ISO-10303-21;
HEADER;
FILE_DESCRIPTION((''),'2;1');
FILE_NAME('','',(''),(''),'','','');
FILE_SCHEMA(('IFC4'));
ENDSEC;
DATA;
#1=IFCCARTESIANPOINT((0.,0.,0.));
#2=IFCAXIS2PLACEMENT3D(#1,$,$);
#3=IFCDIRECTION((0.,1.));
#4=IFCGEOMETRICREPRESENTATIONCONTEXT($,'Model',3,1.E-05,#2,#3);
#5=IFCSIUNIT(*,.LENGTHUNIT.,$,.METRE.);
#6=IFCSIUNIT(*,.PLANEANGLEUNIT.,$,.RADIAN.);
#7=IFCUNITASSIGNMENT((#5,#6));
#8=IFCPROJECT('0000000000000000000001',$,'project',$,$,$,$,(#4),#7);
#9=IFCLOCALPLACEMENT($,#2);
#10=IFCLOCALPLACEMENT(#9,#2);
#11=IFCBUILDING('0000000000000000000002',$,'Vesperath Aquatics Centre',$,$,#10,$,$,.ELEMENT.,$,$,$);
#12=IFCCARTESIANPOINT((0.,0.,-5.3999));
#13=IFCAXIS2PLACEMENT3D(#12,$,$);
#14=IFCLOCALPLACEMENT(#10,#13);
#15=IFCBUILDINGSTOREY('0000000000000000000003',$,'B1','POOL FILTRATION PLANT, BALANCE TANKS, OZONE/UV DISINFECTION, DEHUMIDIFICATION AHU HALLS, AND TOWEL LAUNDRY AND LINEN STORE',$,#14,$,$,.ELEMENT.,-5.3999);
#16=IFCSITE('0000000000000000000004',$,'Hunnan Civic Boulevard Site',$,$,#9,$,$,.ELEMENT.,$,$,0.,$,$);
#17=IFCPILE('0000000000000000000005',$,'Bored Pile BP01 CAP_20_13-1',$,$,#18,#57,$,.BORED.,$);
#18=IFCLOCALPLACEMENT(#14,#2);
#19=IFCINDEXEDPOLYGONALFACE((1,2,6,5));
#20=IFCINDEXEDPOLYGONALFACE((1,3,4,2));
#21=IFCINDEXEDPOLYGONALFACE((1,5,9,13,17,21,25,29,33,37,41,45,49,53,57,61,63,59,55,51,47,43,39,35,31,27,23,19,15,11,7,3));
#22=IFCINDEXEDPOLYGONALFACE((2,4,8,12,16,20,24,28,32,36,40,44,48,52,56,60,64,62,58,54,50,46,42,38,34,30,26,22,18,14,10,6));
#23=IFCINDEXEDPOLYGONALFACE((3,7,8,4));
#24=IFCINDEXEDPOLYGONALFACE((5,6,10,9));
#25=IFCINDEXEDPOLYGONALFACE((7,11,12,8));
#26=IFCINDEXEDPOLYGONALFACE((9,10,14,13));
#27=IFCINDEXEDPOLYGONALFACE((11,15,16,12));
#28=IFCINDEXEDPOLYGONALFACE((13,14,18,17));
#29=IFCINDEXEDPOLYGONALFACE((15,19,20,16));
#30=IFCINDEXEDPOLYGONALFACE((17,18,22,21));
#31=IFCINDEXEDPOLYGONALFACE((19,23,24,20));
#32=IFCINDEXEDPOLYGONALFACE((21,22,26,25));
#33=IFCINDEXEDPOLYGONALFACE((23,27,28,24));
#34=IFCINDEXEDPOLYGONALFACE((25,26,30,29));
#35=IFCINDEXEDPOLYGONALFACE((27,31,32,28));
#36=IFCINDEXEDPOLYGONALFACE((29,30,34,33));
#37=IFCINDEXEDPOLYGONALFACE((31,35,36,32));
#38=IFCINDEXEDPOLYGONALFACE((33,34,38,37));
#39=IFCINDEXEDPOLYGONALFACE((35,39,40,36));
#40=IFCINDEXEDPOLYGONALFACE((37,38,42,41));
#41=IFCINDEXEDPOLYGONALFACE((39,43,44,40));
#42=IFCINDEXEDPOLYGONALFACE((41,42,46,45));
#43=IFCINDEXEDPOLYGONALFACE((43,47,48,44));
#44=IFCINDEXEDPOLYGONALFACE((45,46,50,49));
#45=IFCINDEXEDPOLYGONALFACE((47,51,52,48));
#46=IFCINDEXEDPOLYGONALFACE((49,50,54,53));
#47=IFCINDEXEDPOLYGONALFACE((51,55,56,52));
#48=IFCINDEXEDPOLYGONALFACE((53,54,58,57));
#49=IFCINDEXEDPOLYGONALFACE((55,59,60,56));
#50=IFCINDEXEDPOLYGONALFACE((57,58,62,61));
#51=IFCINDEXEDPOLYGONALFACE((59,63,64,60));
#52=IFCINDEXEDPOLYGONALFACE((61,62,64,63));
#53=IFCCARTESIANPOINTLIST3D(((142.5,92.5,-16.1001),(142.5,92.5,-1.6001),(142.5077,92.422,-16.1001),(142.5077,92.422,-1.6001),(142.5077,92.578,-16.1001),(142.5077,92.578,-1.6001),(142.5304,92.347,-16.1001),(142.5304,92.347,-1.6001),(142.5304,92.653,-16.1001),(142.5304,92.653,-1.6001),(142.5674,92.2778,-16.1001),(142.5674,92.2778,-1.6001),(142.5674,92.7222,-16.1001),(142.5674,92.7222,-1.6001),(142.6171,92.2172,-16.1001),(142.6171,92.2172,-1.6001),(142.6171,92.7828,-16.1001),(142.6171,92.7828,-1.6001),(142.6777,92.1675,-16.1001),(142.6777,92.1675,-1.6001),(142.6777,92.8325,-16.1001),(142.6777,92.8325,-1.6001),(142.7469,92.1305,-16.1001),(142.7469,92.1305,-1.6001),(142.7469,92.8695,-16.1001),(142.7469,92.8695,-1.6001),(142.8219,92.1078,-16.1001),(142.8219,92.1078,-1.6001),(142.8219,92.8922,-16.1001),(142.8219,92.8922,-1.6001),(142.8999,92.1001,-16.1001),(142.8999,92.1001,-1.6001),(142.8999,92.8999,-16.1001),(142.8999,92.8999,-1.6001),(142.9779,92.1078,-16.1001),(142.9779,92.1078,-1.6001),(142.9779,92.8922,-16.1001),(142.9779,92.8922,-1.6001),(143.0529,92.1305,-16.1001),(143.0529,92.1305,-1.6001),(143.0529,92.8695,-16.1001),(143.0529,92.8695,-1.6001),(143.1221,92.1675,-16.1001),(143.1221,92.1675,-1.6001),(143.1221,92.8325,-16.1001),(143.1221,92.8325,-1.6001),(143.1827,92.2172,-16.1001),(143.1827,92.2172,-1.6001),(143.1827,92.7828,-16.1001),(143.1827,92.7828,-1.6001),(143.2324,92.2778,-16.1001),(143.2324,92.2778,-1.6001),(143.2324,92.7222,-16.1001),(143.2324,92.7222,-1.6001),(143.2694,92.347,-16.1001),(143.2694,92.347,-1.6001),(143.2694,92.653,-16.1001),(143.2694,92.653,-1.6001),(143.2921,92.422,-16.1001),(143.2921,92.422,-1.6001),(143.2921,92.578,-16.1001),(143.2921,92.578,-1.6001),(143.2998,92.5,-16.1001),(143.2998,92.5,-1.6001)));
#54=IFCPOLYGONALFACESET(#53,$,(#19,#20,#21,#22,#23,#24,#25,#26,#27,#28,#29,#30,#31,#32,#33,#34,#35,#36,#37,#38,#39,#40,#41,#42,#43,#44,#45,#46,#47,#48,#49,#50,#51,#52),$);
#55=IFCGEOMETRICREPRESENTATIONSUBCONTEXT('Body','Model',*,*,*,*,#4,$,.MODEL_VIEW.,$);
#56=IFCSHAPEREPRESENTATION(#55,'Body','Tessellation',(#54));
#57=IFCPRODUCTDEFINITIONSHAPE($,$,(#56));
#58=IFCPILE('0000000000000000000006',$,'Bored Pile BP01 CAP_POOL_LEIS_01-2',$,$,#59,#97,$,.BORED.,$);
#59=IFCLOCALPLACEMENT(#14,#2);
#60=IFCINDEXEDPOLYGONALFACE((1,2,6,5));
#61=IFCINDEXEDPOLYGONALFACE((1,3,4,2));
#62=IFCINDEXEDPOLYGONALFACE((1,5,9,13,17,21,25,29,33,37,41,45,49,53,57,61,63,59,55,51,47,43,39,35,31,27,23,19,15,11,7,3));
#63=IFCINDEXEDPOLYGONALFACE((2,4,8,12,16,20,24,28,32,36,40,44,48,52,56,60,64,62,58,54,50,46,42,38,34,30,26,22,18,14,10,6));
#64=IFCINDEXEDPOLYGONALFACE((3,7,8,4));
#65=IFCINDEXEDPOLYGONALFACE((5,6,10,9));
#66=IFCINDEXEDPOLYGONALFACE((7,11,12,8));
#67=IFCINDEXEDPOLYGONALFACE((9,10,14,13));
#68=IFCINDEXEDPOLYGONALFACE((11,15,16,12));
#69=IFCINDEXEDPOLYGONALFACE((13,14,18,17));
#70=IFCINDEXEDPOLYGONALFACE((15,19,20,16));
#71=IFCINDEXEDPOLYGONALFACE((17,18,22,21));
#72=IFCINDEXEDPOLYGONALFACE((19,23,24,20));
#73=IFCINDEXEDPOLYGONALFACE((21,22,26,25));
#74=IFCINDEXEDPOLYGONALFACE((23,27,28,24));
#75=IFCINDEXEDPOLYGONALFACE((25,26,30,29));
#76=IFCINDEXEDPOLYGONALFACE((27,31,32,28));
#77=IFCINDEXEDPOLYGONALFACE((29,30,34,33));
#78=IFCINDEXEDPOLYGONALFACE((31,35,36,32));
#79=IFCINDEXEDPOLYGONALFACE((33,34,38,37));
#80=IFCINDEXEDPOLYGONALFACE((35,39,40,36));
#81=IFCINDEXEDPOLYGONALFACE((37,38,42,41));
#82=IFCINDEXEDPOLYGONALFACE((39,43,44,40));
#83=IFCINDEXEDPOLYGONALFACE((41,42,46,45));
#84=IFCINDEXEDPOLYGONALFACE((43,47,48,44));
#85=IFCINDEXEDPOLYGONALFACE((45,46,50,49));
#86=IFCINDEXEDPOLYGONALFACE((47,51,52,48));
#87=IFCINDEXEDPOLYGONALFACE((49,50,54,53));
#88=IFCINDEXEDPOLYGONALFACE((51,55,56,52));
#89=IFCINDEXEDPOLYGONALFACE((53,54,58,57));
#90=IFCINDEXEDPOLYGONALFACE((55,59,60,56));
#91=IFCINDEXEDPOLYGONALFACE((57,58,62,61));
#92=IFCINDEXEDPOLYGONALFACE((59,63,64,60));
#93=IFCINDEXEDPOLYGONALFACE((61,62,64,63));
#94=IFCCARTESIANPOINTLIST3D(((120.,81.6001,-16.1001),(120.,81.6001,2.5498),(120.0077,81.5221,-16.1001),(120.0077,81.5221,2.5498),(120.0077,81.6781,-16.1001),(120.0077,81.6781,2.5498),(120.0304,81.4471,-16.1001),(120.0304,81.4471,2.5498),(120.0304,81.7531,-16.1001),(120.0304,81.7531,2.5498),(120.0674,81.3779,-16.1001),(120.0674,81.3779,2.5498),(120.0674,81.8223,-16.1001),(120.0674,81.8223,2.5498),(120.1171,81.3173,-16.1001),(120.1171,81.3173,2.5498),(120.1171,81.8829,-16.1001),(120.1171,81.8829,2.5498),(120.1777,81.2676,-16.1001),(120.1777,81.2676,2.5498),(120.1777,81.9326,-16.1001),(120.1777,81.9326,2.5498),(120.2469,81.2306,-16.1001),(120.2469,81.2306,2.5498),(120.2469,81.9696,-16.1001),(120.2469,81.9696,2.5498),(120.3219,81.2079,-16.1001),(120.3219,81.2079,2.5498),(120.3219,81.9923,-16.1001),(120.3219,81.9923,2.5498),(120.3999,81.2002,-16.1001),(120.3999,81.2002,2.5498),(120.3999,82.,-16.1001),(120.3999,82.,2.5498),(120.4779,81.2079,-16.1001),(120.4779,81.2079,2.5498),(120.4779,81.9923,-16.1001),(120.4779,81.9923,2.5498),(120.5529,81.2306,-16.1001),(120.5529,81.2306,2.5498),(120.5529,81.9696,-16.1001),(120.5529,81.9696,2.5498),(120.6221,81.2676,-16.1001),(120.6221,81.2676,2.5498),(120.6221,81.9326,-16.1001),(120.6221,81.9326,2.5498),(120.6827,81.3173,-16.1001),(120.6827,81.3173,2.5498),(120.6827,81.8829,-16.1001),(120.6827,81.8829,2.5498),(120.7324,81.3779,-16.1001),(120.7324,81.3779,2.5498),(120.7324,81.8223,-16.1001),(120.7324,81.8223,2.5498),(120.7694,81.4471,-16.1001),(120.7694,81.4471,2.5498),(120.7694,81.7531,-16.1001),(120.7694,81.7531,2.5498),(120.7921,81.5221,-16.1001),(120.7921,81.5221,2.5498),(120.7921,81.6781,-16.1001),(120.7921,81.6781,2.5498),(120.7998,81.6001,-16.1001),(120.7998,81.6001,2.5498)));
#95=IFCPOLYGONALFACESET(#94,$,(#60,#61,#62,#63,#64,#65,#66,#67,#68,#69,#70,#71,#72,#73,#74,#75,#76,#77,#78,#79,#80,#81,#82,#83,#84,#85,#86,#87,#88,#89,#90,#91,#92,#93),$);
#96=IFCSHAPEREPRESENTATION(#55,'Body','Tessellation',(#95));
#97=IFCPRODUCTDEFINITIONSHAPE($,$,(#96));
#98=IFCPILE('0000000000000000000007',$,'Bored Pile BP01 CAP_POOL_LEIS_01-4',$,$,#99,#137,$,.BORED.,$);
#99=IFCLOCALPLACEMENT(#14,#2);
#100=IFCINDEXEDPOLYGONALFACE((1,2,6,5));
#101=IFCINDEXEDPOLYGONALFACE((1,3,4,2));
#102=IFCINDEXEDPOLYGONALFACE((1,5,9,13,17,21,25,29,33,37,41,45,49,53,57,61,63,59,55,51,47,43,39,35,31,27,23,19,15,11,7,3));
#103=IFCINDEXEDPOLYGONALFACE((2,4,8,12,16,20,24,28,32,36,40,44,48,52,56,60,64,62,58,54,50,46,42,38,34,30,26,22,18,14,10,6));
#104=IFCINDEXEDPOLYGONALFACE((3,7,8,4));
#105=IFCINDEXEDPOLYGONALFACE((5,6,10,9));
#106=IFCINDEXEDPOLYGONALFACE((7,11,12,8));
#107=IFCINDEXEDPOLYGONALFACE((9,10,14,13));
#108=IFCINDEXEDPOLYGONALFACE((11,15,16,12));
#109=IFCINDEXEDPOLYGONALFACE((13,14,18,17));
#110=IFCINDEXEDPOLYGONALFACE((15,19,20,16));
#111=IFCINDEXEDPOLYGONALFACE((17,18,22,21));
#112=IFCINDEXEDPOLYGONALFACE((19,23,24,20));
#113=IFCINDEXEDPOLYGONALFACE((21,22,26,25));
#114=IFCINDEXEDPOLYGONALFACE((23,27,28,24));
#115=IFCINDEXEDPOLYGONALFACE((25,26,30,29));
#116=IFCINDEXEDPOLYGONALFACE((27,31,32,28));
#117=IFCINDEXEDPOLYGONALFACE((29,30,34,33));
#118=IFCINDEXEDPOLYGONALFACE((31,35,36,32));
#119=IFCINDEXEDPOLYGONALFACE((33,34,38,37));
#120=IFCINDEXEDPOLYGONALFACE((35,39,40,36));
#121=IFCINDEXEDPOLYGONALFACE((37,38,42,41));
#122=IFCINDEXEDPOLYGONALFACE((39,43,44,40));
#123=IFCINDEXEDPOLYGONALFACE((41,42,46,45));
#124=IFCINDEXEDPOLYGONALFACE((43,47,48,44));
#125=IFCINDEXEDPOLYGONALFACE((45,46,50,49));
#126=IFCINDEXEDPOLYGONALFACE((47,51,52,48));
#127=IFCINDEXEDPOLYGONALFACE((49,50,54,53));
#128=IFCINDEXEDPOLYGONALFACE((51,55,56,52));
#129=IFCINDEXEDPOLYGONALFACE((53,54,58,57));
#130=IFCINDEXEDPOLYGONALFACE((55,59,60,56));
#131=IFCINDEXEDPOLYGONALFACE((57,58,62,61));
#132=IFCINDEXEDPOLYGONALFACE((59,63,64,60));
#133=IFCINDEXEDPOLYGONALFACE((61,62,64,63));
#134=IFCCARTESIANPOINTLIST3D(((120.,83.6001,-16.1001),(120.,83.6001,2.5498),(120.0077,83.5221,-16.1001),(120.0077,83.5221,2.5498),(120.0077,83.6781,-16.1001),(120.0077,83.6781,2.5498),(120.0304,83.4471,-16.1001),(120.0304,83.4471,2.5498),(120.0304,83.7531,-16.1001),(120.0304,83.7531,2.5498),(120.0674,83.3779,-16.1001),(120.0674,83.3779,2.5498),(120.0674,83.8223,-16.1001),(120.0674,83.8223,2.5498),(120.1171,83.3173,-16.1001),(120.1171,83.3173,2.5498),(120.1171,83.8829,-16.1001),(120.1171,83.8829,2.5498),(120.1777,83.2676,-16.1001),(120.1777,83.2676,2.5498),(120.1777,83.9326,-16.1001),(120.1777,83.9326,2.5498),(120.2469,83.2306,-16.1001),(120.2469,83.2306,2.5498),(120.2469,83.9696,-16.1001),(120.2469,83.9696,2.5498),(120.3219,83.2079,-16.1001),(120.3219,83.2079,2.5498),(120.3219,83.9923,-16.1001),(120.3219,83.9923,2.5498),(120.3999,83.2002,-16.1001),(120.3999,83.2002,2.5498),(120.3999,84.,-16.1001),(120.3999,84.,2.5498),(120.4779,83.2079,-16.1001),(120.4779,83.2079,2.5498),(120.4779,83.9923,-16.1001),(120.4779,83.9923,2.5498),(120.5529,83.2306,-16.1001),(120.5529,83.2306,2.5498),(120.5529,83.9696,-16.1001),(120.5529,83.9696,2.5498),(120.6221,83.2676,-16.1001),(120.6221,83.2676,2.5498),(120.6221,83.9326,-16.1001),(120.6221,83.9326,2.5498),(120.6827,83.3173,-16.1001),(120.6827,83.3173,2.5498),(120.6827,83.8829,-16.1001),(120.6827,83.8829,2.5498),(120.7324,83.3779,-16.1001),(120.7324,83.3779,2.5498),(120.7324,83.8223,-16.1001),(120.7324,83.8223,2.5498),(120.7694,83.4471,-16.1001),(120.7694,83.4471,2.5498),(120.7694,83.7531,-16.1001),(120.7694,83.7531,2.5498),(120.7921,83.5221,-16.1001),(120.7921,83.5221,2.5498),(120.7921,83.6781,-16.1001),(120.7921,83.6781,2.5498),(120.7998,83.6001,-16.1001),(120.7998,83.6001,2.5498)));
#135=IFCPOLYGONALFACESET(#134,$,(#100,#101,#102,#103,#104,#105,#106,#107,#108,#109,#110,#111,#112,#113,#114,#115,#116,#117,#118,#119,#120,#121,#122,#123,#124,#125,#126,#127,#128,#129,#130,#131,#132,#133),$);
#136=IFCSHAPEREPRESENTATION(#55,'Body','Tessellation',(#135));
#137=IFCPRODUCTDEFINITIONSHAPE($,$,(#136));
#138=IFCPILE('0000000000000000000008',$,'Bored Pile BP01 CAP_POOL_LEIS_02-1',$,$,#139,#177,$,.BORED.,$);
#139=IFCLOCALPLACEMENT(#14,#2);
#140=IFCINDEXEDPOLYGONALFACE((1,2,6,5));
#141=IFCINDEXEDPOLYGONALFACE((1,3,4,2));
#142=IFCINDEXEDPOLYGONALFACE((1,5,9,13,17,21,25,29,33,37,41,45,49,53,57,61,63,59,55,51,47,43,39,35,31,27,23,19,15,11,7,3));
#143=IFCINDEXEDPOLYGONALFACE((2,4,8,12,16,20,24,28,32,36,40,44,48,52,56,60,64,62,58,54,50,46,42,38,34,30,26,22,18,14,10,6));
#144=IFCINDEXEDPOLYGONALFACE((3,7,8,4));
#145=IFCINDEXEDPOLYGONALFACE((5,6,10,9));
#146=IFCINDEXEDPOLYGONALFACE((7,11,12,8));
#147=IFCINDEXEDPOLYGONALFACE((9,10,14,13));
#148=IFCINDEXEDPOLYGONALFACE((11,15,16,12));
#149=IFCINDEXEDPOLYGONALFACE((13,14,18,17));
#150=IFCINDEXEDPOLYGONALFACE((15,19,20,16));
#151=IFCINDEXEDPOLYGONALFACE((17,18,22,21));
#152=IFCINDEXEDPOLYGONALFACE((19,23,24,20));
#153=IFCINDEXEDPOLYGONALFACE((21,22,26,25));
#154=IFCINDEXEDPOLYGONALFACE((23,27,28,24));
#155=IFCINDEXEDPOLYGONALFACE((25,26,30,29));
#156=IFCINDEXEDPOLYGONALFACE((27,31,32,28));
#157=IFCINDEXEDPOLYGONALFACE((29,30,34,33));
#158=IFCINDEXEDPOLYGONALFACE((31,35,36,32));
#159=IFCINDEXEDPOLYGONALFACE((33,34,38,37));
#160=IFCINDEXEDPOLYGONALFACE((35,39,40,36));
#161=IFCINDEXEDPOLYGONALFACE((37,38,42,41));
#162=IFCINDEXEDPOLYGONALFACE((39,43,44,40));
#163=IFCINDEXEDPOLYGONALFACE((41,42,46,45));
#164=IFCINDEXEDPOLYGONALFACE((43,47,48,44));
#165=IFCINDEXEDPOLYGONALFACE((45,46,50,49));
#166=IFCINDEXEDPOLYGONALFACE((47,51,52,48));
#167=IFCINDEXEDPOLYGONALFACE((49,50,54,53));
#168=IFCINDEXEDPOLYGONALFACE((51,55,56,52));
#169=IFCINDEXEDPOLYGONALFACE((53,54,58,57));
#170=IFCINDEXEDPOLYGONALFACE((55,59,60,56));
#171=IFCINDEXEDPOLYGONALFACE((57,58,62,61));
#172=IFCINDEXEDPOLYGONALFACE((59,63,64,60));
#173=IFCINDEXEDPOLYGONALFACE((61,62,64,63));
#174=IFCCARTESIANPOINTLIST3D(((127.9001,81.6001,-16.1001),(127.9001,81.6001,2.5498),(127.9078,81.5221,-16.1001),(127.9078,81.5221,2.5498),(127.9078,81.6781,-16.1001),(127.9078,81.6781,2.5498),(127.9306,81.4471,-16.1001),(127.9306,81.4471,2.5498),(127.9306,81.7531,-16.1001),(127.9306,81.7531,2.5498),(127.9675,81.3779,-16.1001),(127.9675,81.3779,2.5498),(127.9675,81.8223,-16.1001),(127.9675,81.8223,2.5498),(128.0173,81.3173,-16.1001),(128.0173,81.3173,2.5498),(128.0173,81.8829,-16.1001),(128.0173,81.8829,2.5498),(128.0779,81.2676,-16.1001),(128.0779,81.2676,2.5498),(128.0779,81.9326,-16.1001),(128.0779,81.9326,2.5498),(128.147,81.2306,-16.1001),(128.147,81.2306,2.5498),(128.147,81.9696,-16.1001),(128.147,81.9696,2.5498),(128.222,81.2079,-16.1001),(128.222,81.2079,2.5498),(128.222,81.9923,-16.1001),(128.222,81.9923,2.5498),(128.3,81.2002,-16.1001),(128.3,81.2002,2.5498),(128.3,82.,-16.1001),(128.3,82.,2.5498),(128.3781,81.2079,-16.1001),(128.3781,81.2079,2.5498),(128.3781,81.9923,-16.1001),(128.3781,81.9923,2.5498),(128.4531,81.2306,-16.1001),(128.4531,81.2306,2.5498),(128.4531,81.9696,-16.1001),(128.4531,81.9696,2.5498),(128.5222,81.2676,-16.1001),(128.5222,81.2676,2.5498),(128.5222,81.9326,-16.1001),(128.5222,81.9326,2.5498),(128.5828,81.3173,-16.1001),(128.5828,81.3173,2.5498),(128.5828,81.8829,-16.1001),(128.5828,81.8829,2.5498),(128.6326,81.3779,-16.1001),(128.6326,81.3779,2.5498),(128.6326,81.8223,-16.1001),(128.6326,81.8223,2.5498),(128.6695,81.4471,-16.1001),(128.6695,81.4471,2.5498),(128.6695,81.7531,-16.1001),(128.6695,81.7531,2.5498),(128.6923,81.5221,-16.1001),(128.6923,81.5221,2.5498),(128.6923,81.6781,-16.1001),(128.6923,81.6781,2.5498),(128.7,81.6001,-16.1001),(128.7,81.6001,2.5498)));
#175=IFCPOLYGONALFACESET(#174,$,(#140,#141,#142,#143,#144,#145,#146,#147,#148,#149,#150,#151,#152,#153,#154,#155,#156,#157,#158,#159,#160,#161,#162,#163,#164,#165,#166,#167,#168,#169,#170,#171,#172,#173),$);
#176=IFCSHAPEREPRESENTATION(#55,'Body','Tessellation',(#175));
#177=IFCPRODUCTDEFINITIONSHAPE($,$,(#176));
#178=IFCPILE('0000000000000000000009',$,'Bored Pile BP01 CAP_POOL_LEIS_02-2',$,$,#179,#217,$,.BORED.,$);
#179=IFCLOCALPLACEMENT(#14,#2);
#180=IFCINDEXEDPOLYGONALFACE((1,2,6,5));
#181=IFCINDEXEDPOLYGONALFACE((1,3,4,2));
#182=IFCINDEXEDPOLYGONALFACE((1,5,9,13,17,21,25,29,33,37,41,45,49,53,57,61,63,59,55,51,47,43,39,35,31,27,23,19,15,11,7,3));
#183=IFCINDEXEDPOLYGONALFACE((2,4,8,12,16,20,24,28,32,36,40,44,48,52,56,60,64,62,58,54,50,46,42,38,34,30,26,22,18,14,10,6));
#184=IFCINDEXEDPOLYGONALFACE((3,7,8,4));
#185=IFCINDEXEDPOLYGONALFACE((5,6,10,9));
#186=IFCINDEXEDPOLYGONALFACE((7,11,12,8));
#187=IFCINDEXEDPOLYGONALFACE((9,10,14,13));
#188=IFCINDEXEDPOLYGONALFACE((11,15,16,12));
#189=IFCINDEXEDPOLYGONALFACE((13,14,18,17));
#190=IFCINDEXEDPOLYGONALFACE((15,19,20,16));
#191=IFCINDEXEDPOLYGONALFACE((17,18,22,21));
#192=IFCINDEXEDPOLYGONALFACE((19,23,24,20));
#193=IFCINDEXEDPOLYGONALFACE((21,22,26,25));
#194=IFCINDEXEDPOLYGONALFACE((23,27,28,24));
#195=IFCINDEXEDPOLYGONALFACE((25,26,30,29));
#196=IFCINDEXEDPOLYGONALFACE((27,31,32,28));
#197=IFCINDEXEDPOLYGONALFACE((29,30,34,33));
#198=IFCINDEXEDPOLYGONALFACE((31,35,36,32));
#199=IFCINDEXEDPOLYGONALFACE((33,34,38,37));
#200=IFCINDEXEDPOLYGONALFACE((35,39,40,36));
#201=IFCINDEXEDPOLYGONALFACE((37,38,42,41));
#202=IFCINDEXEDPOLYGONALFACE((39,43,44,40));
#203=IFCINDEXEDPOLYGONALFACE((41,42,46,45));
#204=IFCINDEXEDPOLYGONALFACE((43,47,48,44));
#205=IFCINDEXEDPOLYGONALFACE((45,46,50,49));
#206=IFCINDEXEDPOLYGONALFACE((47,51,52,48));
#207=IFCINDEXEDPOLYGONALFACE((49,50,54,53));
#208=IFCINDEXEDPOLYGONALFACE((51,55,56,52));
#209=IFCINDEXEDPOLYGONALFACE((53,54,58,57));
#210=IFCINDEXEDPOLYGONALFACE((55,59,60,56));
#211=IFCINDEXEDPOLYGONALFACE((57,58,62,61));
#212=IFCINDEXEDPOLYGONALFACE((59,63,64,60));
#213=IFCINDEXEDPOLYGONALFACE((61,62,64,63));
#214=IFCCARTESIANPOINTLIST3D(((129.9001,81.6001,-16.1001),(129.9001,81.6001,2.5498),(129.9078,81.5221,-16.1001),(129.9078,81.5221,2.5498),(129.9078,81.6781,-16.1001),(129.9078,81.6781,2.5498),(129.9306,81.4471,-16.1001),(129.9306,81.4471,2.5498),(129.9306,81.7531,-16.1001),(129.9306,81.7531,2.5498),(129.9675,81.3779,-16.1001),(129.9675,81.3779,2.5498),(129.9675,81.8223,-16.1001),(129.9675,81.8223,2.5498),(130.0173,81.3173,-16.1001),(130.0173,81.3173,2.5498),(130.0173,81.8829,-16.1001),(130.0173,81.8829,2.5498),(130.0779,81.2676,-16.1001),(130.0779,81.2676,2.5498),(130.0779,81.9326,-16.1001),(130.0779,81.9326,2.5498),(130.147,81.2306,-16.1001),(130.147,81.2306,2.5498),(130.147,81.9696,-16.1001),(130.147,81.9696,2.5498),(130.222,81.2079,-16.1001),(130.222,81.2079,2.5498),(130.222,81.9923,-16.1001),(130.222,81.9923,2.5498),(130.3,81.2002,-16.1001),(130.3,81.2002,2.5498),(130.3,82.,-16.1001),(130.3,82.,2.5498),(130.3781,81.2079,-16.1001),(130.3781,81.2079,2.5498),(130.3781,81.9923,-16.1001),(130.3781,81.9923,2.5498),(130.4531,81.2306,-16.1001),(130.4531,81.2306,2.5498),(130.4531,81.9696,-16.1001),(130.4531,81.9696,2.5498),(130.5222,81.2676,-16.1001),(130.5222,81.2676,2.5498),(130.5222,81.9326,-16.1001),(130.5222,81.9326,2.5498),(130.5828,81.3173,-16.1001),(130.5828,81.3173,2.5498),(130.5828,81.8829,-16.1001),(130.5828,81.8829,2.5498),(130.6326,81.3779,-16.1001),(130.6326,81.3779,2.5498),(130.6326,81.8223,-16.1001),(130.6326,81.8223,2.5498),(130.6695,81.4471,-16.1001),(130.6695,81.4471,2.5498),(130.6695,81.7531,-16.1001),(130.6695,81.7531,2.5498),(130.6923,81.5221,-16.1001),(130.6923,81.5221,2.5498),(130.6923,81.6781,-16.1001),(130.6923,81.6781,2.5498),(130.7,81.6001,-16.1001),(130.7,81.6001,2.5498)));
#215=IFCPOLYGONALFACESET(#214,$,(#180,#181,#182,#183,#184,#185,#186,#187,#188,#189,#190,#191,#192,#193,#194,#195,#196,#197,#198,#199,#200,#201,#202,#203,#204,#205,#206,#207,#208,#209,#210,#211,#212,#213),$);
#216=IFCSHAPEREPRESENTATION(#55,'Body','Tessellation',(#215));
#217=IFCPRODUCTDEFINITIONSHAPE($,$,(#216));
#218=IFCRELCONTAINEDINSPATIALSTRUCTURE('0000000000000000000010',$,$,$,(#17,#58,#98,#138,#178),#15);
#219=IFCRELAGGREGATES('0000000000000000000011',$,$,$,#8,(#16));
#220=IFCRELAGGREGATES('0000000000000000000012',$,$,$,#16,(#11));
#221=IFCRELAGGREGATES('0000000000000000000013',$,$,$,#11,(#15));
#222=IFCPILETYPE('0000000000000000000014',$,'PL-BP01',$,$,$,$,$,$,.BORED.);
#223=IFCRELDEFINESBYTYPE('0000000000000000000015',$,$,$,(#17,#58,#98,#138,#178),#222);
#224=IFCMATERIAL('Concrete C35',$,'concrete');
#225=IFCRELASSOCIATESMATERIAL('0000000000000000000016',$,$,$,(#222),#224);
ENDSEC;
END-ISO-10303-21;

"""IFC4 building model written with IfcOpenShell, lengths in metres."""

from ifc_helpers import new_model, si_unit, direction, frame, origin, origin_2d, place, context, subcontext, project, spatial, circle, extrude, material, material_profile, profile_set, type_object, element, save


model = new_model("IFC4")

# Units and contexts
model_context = context("Model", 3, precision=1e-05, world=origin(), true_north=direction((0.0, 1.0)))
body_context = subcontext(model_context, "Body", "Model", "MODEL_VIEW")
ifc_project = project(units=[si_unit("LENGTHUNIT", "METRE"), si_unit("PLANEANGLEUNIT", "RADIAN")], contexts=[model_context])

# Site, building, storey
site_placement = place(None, origin())
site = spatial("IfcSite", under=ifc_project, at=site_placement, Name="Hunnan Civic Boulevard Site", CompositionType="ELEMENT", RefElevation=0.0)
building_placement = place(site_placement, origin())
building = spatial("IfcBuilding", under=site, at=building_placement, Name="Vesperath Aquatics Centre", CompositionType="ELEMENT")
storey_placement = place(building_placement, frame((0.0, 0.0, -5.3999)))
storey = spatial("IfcBuildingStorey", under=building, at=storey_placement, Name="B1", Description="POOL FILTRATION PLANT, BALANCE TANKS, OZONE/UV DISINFECTION, DEHUMIDIFICATION AHU HALLS, AND TOWEL LAUNDRY AND LINEN STORE", CompositionType="ELEMENT", Elevation=-5.3999)

# Piles
ifc_material_1 = material(Name="Concrete C35", Category="concrete")
ifc_material_profile_1 = material_profile(ifc_material_1, circle(Radius=0.3999, at=origin_2d()), Name="PILE D800")
ifc_profile_set_1 = profile_set([ifc_material_profile_1], Name="Concrete C35")
pile_type = type_object("IfcPileType", Name="PL-BP01", PredefinedType="BORED", material=ifc_profile_set_1)
pile_placement = place(storey_placement, frame((142.8999, 92.5, -1.6001), z_axis=(0.0, 0.0, -1.0), x_axis=(1.0, 0.0, 0.0)))
element("IfcPile", 1, at=pile_placement, inside=storey, type_object=pile_type, Name="Bored Pile BP01 CAP_20_13-1", PredefinedType="BORED", context=body_context, shape_type="SweptSolid", body=[
    extrude(circle(Radius=0.3999, at=origin_2d()), origin(), (0.0, 0.0, 1.0), 14.5),
])
for number, where, z_axis, x_axis, name in (
    (2, (120.3999, 81.6001, 2.5498), (0.0, 0.0, -1.0), (1.0, 0.0, 0.0), "Bored Pile BP01 CAP_POOL_LEIS_01-2"),
    (3, (120.3999, 83.6001, 2.5498), (0.0, 0.0, -1.0), (1.0, 0.0, 0.0), "Bored Pile BP01 CAP_POOL_LEIS_01-4"),
    (4, (128.3, 81.6001, 2.5498), (0.0, 0.0, -1.0), (1.0, 0.0, 0.0), "Bored Pile BP01 CAP_POOL_LEIS_02-1"),
    (5, (130.3, 81.6001, 2.5498), (0.0, 0.0, -1.0), (1.0, 0.0, 0.0), "Bored Pile BP01 CAP_POOL_LEIS_02-2"),
):
    element("IfcPile", number, at=place(storey_placement, frame(where, z_axis=z_axis, x_axis=x_axis)), inside=storey, type_object=pile_type, Name=name, PredefinedType="BORED", context=body_context, shape_type="SweptSolid", body=[
        extrude(circle(Radius=0.3999, at=origin_2d()), origin(), (0.0, 0.0, 1.0), 18.6499),
    ])

save(model, "model.ifc")
